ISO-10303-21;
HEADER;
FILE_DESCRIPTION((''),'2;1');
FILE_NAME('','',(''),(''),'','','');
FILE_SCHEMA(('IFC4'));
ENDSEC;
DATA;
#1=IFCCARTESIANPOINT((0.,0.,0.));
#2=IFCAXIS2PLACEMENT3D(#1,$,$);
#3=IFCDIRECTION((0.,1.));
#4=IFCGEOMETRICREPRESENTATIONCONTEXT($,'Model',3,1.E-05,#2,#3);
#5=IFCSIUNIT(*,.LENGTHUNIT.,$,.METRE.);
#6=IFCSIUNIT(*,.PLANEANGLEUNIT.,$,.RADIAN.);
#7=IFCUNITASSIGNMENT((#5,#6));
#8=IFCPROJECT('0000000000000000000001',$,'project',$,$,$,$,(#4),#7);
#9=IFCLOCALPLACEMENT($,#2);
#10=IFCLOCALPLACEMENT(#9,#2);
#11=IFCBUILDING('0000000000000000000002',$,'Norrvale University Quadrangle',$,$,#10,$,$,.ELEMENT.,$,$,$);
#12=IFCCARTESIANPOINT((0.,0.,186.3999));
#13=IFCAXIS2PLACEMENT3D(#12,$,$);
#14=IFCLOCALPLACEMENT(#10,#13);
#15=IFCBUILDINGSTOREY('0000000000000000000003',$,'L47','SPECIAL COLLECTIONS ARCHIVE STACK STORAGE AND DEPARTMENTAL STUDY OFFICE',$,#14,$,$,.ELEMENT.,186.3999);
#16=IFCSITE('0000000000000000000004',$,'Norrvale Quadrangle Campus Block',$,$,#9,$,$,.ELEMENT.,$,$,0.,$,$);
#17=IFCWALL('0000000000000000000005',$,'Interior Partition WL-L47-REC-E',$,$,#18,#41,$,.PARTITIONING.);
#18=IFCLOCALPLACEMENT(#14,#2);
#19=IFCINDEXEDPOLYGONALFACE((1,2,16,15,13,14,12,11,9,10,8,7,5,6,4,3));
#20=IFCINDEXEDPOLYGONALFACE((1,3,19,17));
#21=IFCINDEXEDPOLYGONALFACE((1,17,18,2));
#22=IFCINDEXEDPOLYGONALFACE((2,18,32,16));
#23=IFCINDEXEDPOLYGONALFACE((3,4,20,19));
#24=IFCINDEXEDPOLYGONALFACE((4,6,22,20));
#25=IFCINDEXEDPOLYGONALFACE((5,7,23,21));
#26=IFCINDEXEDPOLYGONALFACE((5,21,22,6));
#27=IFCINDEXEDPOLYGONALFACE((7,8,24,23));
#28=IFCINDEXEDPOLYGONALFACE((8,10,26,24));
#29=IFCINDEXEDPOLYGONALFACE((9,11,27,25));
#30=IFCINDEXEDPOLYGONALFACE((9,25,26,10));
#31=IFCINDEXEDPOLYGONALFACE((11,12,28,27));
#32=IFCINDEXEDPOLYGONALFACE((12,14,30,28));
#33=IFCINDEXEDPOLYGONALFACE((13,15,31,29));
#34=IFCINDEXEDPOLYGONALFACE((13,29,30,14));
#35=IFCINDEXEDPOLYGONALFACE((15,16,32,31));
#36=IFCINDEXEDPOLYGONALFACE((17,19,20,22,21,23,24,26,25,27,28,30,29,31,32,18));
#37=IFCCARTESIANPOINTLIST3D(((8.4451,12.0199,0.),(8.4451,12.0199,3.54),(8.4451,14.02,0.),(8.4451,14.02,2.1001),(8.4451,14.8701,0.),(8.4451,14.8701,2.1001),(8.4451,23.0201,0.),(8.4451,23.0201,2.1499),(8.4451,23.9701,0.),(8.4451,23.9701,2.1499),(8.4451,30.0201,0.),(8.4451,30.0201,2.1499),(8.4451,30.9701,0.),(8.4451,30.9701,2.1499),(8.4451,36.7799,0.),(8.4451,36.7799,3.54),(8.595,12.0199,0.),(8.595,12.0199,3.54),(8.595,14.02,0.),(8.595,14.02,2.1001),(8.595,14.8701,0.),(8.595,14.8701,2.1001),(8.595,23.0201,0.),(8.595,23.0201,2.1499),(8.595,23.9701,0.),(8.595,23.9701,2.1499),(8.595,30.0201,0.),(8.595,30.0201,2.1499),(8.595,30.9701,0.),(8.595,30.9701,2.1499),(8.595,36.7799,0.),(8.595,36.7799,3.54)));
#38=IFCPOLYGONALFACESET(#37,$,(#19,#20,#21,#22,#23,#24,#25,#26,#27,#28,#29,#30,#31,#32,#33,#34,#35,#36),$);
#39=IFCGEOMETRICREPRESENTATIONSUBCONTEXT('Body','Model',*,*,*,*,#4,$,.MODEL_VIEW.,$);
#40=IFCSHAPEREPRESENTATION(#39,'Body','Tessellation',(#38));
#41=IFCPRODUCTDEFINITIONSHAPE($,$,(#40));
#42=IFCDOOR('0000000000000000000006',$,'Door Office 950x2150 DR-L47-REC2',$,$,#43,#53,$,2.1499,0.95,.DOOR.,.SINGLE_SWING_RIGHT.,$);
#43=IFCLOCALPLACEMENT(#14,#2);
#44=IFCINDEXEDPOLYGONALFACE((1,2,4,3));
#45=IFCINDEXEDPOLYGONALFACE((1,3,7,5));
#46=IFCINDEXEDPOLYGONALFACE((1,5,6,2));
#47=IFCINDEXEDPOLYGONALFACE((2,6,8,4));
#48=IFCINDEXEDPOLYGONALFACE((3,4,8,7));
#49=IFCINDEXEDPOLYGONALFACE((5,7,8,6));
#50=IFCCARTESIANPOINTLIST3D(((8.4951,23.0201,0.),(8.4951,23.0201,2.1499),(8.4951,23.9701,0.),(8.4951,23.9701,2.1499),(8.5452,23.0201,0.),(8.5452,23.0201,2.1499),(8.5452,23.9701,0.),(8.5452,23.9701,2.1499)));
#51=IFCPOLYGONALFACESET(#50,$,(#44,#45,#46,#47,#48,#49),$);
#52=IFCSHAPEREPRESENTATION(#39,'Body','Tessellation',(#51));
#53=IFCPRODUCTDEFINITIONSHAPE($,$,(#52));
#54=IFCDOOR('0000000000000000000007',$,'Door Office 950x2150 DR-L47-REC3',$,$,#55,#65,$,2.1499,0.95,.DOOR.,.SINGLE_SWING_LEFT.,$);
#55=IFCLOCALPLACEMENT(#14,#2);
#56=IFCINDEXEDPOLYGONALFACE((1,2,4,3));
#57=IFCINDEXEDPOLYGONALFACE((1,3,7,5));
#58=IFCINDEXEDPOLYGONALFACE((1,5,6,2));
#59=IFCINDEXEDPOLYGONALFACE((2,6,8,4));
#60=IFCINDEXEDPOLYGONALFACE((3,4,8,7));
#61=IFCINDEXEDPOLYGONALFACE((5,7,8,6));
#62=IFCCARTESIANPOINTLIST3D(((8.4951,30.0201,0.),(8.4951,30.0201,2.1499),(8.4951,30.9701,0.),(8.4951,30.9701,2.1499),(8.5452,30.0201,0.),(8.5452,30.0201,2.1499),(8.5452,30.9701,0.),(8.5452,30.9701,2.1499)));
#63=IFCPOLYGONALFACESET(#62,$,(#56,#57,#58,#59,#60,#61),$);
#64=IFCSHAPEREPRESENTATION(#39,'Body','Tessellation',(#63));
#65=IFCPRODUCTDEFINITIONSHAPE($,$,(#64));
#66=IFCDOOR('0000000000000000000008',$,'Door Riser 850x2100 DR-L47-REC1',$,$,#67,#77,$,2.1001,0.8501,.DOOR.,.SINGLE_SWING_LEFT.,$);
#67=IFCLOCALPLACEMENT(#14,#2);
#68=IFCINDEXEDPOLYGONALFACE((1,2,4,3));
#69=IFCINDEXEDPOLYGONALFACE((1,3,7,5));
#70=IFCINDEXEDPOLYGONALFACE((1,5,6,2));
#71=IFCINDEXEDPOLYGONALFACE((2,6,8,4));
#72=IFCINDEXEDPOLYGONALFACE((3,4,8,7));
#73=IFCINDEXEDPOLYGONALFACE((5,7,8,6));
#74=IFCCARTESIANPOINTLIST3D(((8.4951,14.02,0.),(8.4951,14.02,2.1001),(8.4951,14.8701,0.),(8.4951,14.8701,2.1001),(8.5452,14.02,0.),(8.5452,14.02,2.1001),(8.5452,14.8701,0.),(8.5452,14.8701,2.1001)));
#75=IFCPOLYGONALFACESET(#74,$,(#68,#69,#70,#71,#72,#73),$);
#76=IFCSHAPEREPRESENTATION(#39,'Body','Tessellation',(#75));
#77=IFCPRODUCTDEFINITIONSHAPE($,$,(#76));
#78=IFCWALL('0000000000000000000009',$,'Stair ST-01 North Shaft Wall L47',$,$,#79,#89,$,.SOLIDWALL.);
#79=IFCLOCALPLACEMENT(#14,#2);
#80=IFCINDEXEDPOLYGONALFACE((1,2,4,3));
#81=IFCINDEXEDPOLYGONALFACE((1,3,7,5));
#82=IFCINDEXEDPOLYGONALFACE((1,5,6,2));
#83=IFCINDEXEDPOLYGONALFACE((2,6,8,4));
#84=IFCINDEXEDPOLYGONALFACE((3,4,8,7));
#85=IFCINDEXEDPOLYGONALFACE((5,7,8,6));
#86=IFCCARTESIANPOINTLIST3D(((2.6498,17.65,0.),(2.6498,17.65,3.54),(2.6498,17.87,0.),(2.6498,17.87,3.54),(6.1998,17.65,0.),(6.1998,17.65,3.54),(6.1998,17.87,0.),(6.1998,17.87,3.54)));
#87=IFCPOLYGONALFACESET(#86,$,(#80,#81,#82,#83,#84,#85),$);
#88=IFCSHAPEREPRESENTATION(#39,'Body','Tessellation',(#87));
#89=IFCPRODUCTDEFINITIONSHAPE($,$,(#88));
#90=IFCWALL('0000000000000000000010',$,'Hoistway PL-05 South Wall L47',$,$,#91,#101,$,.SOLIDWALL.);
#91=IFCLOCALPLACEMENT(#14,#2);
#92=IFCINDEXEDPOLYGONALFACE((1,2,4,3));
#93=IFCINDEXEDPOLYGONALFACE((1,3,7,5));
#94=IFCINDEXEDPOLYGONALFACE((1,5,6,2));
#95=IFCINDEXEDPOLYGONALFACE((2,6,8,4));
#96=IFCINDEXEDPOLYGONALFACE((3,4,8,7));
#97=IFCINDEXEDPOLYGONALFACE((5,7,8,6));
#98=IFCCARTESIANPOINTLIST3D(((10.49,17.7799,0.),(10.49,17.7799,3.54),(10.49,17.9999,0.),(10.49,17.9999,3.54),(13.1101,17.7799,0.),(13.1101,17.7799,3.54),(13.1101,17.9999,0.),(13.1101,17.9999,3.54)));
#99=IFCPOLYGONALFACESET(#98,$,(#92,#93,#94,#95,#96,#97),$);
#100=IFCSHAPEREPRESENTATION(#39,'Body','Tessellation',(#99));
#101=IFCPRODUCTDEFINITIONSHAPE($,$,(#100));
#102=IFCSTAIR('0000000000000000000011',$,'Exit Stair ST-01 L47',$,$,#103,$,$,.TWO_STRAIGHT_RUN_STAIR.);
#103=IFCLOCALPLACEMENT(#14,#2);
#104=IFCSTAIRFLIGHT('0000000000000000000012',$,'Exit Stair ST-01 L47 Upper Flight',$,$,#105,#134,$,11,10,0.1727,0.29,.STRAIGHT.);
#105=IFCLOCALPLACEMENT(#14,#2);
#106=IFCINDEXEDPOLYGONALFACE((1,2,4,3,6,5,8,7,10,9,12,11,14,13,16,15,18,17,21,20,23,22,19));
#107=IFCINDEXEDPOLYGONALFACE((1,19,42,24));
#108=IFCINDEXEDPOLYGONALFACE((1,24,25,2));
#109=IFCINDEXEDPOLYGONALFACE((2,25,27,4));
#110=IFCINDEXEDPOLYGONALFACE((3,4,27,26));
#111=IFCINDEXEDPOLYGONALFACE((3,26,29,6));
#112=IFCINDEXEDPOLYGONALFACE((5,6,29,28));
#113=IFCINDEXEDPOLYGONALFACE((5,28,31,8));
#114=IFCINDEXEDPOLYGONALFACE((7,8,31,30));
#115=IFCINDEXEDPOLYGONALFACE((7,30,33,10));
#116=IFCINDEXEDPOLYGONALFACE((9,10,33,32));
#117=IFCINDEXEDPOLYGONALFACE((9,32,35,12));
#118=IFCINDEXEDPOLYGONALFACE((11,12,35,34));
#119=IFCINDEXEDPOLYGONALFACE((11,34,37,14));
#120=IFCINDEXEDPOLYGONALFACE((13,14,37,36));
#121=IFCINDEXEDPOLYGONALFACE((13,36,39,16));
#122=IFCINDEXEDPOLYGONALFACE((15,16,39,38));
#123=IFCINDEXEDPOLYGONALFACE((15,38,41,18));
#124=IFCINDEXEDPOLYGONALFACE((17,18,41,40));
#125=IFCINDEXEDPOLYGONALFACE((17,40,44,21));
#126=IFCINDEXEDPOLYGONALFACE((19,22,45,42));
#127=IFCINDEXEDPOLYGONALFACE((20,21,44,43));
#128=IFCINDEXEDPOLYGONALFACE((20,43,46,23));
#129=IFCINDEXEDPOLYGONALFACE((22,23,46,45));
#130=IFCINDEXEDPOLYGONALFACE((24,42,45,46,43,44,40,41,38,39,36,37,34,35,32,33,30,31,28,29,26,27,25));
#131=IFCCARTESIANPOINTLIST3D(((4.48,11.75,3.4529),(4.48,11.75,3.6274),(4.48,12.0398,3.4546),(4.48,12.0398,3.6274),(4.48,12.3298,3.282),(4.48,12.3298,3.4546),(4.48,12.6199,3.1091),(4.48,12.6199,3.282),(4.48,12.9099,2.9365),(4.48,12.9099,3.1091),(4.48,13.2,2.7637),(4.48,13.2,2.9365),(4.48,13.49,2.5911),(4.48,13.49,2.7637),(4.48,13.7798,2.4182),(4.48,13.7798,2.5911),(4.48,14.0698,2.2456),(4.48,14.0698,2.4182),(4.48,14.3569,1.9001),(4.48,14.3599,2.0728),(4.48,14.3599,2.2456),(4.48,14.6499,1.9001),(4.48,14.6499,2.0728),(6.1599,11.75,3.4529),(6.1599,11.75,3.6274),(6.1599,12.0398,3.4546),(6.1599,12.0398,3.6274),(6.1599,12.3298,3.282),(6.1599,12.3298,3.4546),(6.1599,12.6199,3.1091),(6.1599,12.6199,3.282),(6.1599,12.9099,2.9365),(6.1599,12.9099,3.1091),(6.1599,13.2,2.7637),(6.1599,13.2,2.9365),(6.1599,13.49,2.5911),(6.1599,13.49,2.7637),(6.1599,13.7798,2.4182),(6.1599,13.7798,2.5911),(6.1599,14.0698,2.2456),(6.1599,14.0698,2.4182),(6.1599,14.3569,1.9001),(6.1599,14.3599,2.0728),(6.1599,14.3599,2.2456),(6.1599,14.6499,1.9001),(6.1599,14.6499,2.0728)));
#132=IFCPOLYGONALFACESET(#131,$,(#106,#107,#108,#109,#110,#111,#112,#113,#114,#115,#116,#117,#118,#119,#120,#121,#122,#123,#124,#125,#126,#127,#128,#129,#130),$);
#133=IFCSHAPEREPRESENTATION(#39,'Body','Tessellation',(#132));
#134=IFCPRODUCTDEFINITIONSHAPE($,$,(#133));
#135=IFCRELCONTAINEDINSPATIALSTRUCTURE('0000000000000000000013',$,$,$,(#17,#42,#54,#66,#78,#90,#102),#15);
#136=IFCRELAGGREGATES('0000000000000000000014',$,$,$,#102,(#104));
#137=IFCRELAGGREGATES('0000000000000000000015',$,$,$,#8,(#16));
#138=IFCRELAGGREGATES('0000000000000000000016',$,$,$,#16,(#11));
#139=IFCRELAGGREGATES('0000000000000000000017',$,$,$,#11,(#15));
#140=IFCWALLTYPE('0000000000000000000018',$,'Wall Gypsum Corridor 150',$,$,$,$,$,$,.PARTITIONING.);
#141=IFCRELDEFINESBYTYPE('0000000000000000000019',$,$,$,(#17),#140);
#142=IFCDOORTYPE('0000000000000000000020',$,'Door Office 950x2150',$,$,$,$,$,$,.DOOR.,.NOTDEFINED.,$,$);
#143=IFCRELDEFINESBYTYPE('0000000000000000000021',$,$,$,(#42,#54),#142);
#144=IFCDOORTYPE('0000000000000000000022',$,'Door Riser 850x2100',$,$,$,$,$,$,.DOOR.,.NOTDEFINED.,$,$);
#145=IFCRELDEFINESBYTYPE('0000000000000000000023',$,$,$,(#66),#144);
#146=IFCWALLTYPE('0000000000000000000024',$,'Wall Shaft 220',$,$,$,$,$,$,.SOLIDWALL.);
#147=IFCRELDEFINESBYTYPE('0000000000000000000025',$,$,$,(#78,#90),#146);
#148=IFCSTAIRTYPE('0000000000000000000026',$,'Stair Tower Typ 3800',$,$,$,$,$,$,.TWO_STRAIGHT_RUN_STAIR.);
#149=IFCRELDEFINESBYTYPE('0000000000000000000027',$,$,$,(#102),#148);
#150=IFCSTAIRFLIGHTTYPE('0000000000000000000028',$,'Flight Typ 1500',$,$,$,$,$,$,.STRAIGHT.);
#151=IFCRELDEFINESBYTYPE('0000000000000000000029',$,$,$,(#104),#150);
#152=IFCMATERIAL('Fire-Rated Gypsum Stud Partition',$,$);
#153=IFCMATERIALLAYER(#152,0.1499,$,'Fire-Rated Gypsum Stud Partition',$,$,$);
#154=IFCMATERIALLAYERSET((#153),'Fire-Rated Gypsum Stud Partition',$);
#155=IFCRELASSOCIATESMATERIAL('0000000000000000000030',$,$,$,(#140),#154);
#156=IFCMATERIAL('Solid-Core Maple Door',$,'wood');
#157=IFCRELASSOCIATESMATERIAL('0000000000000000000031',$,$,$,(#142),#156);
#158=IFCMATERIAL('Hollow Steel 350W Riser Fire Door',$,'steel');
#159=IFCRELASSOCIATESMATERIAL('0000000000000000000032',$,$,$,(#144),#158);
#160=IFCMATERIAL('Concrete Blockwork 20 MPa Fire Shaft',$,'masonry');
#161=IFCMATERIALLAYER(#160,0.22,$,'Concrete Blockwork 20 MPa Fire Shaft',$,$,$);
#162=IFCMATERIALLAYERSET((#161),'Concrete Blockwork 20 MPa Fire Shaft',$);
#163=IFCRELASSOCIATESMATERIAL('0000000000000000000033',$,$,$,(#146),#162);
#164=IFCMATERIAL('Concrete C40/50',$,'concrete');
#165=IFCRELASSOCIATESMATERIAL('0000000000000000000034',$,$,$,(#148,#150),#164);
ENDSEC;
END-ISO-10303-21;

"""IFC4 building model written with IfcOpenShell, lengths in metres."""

from ifc_helpers import new_model, si_unit, direction, frame, frame_2d, origin, place, context, subcontext, project, spatial, polyline, rectangle, outline, extrude, material, layer, layer_set, type_object, element, fill, aggregate, save


model = new_model("IFC4")

# Units and contexts
model_context = context("Model", 3, precision=1e-05, world=origin(), true_north=direction((0.0, 1.0)))
body_context = subcontext(model_context, "Body", "Model", "MODEL_VIEW")
ifc_project = project(units=[si_unit("LENGTHUNIT", "METRE"), si_unit("PLANEANGLEUNIT", "RADIAN")], contexts=[model_context])

# Site, building, storey
site_placement = place(None, origin())
site = spatial("IfcSite", under=ifc_project, at=site_placement, Name="Norrvale Quadrangle Campus Block", CompositionType="ELEMENT", RefElevation=0.0)
building_placement = place(site_placement, origin())
building = spatial("IfcBuilding", under=site, at=building_placement, Name="Norrvale University Quadrangle", CompositionType="ELEMENT")
storey_placement = place(building_placement, frame((0.0, 0.0, 186.3999)))
storey = spatial("IfcBuildingStorey", under=building, at=storey_placement, Name="L47", Description="SPECIAL COLLECTIONS ARCHIVE STACK STORAGE AND DEPARTMENTAL STUDY OFFICE", CompositionType="ELEMENT", Elevation=186.3999)

# Shared definitions
ifc_material_1 = material(Name="Fire-Rated Gypsum Stud Partition")
ifc_layer_1 = layer(ifc_material_1, 0.1499, Name="Fire-Rated Gypsum Stud Partition")
ifc_layer_set_1 = layer_set([ifc_layer_1], Name="Fire-Rated Gypsum Stud Partition")
wall_type_1 = type_object("IfcWallType", Name="Wall Gypsum Corridor 150", PredefinedType="PARTITIONING", material=ifc_layer_set_1)

# Wall, openings, doors
wall_1_placement = place(storey_placement, frame((8.52, 12.02, 0.0), z_axis=(0.0, 0.0, 1.0), x_axis=(0.0, 1.0, 0.0)))
wall_1 = element("IfcWall", 1, at=wall_1_placement, inside=storey, type_object=wall_type_1, Name="Interior Partition WL-L47-REC-E", PredefinedType="PARTITIONING", context=body_context, shape_type="SweptSolid", body=[
    extrude(rectangle(XDim=24.76, YDim=0.1499, at=frame_2d((12.3799, 0.0))), origin(), (0.0, 0.0, 1.0), 3.54),
])
opening_1_placement = place(wall_1_placement, frame((2.0, 0.0, 0.0)))
opening_1 = element("IfcOpeningElement", 2, at=opening_1_placement, cuts=wall_1, PredefinedType="OPENING", context=body_context, shape_type="SweptSolid", body=[
    extrude(rectangle(XDim=0.8501, YDim=2.1001, at=frame_2d((0.425, 1.05))), frame((0.0, 0.0869, 0.0), z_axis=(0.0, -1.0, 0.0), x_axis=(1.0, 0.0, 0.0)), (0.0, 0.0, 1.0), 0.1738),
])
opening_2_placement = place(wall_1_placement, frame((11.0, 0.0, 0.0)))
opening_2 = element("IfcOpeningElement", 3, at=opening_2_placement, cuts=wall_1, PredefinedType="OPENING", context=body_context, shape_type="SweptSolid", body=[
    extrude(rectangle(XDim=0.95, YDim=2.1499, at=frame_2d((0.4751, 1.075))), frame((0.0, 0.0869, 0.0), z_axis=(0.0, -1.0, 0.0), x_axis=(1.0, 0.0, 0.0)), (0.0, 0.0, 1.0), 0.1738),
])
opening_3_placement = place(wall_1_placement, frame((18.0, 0.0, 0.0)))
opening_3 = element("IfcOpeningElement", 4, at=opening_3_placement, cuts=wall_1, PredefinedType="OPENING", context=body_context, shape_type="SweptSolid", body=[
    extrude(rectangle(XDim=0.95, YDim=2.1499, at=frame_2d((0.4751, 1.075))), frame((0.0, 0.0869, 0.0), z_axis=(0.0, -1.0, 0.0), x_axis=(1.0, 0.0, 0.0)), (0.0, 0.0, 1.0), 0.1738),
])
ifc_material_2 = material(Name="Solid-Core Maple Door", Category="wood")
door_type_1 = type_object("IfcDoorType", Name="Door Office 950x2150", OperationType="NOTDEFINED", PredefinedType="DOOR", material=ifc_material_2)
door_1_placement = place(opening_2_placement, origin())
door_1 = element("IfcDoor", 5, at=door_1_placement, inside=storey, type_object=door_type_1, Name="Door Office 950x2150 DR-L47-REC2", OperationType="SINGLE_SWING_RIGHT", OverallHeight=2.1499, OverallWidth=0.95, PredefinedType="DOOR", context=body_context, shape_type="SweptSolid", body=[
    extrude(rectangle(XDim=0.95, YDim=2.1499, at=frame_2d((0.4751, 1.075))), frame((0.0, 0.0249, 0.0), z_axis=(0.0, -1.0, 0.0), x_axis=(1.0, 0.0, 0.0)), (0.0, 0.0, 1.0), 0.05),
])
fill(opening_2, door_1)
door_2_placement = place(opening_3_placement, origin())
door_2 = element("IfcDoor", 6, at=door_2_placement, inside=storey, type_object=door_type_1, Name="Door Office 950x2150 DR-L47-REC3", OperationType="SINGLE_SWING_LEFT", OverallHeight=2.1499, OverallWidth=0.95, PredefinedType="DOOR", context=body_context, shape_type="SweptSolid", body=[
    extrude(rectangle(XDim=0.95, YDim=2.1499, at=frame_2d((0.4751, 1.075))), frame((0.0, 0.0249, 0.0), z_axis=(0.0, -1.0, 0.0), x_axis=(1.0, 0.0, 0.0)), (0.0, 0.0, 1.0), 0.05),
])
fill(opening_3, door_2)
ifc_material_3 = material(Name="Hollow Steel 350W Riser Fire Door", Category="steel")
door_type_2 = type_object("IfcDoorType", Name="Door Riser 850x2100", OperationType="NOTDEFINED", PredefinedType="DOOR", material=ifc_material_3)
door_3_placement = place(opening_1_placement, origin())
door_3 = element("IfcDoor", 7, at=door_3_placement, inside=storey, type_object=door_type_2, Name="Door Riser 850x2100 DR-L47-REC1", OperationType="SINGLE_SWING_LEFT", OverallHeight=2.1001, OverallWidth=0.8501, PredefinedType="DOOR", context=body_context, shape_type="SweptSolid", body=[
    extrude(rectangle(XDim=0.8501, YDim=2.1001, at=frame_2d((0.425, 1.05))), frame((0.0, 0.0249, 0.0), z_axis=(0.0, -1.0, 0.0), x_axis=(1.0, 0.0, 0.0)), (0.0, 0.0, 1.0), 0.05),
])
fill(opening_1, door_3)

# Walls
ifc_material_4 = material(Name="Concrete Blockwork 20 MPa Fire Shaft", Category="masonry")
ifc_layer_2 = layer(ifc_material_4, 0.22, Name="Concrete Blockwork 20 MPa Fire Shaft")
ifc_layer_set_2 = layer_set([ifc_layer_2], Name="Concrete Blockwork 20 MPa Fire Shaft")
wall_type_2 = type_object("IfcWallType", Name="Wall Shaft 220", PredefinedType="SOLIDWALL", material=ifc_layer_set_2)
wall_2_placement = place(storey_placement, frame((2.6499, 17.76, 0.0), z_axis=(0.0, 0.0, 1.0), x_axis=(1.0, 0.0, 0.0)))
element("IfcWall", 8, at=wall_2_placement, inside=storey, type_object=wall_type_2, Name="Stair ST-01 North Shaft Wall L47", PredefinedType="SOLIDWALL", context=body_context, shape_type="SweptSolid", body=[
    extrude(rectangle(XDim=3.55, YDim=0.22, at=frame_2d((1.7749, 0.0))), origin(), (0.0, 0.0, 1.0), 3.54),
])
wall_3_placement = place(storey_placement, frame((10.49, 17.8899, 0.0), z_axis=(0.0, 0.0, 1.0), x_axis=(1.0, 0.0, 0.0)))
element("IfcWall", 9, at=wall_3_placement, inside=storey, type_object=wall_type_2, Name="Hoistway PL-05 South Wall L47", PredefinedType="SOLIDWALL", context=body_context, shape_type="SweptSolid", body=[
    extrude(rectangle(XDim=2.6201, YDim=0.22, at=frame_2d((1.3101, 0.0))), origin(), (0.0, 0.0, 1.0), 3.54),
])

# Stair, stair flight
ifc_material_5 = material(Name="Concrete C40/50", Category="concrete")
stair_type = type_object("IfcStairType", Name="Stair Tower Typ 3800", PredefinedType="TWO_STRAIGHT_RUN_STAIR", material=ifc_material_5)
stair_placement = place(storey_placement, origin())
stair = element("IfcStair", 10, at=stair_placement, inside=storey, type_object=stair_type, Name="Exit Stair ST-01 L47", PredefinedType="TWO_STRAIGHT_RUN_STAIR")
stair_flight_type = type_object("IfcStairFlightType", Name="Flight Typ 1500", PredefinedType="STRAIGHT", material=ifc_material_5)
stair_flight_placement = place(storey_placement, frame((5.3201, 14.6499, 1.9001), z_axis=(0.0, 0.0, 1.0), x_axis=(0.0, -1.0, 0.0)))
stair_flight = element("IfcStairFlight", 11, at=stair_flight_placement, type_object=stair_flight_type, Name="Exit Stair ST-01 L47 Upper Flight", NumberOfRisers=11, NumberOfTreads=10, PredefinedType="STRAIGHT", RiserHeight=0.1727, TreadLength=0.29, context=body_context, shape_type="SweptSolid", body=[
    extrude(outline(polyline([(0.0, 0.0), (0.0, 0.1726), (0.29, 0.1726), (0.29, 0.3455), (0.5801, 0.3455), (0.5801, 0.5181), (0.8701, 0.5181), (0.8701, 0.6909), (1.1599, 0.6909), (1.1599, 0.8635), (1.45, 0.8635), (1.45, 1.0364), (1.74, 1.0364), (1.74, 1.209), (2.03, 1.209), (2.03, 1.3818), (2.3201, 1.3818), (2.3201, 1.5544), (2.6101, 1.5544), (2.6101, 1.7273), (2.8999, 1.7273), (2.8999, 1.8999), (2.8999, 1.5527), (0.293, 0.0), (0.0, 0.0)])), frame((0.0, 0.8398, 0.0), z_axis=(0.0, -1.0, 0.0), x_axis=(1.0, 0.0, 0.0)), (0.0, 0.0, 1.0), 1.6799),
])
aggregate(stair, [stair_flight])

save(model, "model.ifc")
